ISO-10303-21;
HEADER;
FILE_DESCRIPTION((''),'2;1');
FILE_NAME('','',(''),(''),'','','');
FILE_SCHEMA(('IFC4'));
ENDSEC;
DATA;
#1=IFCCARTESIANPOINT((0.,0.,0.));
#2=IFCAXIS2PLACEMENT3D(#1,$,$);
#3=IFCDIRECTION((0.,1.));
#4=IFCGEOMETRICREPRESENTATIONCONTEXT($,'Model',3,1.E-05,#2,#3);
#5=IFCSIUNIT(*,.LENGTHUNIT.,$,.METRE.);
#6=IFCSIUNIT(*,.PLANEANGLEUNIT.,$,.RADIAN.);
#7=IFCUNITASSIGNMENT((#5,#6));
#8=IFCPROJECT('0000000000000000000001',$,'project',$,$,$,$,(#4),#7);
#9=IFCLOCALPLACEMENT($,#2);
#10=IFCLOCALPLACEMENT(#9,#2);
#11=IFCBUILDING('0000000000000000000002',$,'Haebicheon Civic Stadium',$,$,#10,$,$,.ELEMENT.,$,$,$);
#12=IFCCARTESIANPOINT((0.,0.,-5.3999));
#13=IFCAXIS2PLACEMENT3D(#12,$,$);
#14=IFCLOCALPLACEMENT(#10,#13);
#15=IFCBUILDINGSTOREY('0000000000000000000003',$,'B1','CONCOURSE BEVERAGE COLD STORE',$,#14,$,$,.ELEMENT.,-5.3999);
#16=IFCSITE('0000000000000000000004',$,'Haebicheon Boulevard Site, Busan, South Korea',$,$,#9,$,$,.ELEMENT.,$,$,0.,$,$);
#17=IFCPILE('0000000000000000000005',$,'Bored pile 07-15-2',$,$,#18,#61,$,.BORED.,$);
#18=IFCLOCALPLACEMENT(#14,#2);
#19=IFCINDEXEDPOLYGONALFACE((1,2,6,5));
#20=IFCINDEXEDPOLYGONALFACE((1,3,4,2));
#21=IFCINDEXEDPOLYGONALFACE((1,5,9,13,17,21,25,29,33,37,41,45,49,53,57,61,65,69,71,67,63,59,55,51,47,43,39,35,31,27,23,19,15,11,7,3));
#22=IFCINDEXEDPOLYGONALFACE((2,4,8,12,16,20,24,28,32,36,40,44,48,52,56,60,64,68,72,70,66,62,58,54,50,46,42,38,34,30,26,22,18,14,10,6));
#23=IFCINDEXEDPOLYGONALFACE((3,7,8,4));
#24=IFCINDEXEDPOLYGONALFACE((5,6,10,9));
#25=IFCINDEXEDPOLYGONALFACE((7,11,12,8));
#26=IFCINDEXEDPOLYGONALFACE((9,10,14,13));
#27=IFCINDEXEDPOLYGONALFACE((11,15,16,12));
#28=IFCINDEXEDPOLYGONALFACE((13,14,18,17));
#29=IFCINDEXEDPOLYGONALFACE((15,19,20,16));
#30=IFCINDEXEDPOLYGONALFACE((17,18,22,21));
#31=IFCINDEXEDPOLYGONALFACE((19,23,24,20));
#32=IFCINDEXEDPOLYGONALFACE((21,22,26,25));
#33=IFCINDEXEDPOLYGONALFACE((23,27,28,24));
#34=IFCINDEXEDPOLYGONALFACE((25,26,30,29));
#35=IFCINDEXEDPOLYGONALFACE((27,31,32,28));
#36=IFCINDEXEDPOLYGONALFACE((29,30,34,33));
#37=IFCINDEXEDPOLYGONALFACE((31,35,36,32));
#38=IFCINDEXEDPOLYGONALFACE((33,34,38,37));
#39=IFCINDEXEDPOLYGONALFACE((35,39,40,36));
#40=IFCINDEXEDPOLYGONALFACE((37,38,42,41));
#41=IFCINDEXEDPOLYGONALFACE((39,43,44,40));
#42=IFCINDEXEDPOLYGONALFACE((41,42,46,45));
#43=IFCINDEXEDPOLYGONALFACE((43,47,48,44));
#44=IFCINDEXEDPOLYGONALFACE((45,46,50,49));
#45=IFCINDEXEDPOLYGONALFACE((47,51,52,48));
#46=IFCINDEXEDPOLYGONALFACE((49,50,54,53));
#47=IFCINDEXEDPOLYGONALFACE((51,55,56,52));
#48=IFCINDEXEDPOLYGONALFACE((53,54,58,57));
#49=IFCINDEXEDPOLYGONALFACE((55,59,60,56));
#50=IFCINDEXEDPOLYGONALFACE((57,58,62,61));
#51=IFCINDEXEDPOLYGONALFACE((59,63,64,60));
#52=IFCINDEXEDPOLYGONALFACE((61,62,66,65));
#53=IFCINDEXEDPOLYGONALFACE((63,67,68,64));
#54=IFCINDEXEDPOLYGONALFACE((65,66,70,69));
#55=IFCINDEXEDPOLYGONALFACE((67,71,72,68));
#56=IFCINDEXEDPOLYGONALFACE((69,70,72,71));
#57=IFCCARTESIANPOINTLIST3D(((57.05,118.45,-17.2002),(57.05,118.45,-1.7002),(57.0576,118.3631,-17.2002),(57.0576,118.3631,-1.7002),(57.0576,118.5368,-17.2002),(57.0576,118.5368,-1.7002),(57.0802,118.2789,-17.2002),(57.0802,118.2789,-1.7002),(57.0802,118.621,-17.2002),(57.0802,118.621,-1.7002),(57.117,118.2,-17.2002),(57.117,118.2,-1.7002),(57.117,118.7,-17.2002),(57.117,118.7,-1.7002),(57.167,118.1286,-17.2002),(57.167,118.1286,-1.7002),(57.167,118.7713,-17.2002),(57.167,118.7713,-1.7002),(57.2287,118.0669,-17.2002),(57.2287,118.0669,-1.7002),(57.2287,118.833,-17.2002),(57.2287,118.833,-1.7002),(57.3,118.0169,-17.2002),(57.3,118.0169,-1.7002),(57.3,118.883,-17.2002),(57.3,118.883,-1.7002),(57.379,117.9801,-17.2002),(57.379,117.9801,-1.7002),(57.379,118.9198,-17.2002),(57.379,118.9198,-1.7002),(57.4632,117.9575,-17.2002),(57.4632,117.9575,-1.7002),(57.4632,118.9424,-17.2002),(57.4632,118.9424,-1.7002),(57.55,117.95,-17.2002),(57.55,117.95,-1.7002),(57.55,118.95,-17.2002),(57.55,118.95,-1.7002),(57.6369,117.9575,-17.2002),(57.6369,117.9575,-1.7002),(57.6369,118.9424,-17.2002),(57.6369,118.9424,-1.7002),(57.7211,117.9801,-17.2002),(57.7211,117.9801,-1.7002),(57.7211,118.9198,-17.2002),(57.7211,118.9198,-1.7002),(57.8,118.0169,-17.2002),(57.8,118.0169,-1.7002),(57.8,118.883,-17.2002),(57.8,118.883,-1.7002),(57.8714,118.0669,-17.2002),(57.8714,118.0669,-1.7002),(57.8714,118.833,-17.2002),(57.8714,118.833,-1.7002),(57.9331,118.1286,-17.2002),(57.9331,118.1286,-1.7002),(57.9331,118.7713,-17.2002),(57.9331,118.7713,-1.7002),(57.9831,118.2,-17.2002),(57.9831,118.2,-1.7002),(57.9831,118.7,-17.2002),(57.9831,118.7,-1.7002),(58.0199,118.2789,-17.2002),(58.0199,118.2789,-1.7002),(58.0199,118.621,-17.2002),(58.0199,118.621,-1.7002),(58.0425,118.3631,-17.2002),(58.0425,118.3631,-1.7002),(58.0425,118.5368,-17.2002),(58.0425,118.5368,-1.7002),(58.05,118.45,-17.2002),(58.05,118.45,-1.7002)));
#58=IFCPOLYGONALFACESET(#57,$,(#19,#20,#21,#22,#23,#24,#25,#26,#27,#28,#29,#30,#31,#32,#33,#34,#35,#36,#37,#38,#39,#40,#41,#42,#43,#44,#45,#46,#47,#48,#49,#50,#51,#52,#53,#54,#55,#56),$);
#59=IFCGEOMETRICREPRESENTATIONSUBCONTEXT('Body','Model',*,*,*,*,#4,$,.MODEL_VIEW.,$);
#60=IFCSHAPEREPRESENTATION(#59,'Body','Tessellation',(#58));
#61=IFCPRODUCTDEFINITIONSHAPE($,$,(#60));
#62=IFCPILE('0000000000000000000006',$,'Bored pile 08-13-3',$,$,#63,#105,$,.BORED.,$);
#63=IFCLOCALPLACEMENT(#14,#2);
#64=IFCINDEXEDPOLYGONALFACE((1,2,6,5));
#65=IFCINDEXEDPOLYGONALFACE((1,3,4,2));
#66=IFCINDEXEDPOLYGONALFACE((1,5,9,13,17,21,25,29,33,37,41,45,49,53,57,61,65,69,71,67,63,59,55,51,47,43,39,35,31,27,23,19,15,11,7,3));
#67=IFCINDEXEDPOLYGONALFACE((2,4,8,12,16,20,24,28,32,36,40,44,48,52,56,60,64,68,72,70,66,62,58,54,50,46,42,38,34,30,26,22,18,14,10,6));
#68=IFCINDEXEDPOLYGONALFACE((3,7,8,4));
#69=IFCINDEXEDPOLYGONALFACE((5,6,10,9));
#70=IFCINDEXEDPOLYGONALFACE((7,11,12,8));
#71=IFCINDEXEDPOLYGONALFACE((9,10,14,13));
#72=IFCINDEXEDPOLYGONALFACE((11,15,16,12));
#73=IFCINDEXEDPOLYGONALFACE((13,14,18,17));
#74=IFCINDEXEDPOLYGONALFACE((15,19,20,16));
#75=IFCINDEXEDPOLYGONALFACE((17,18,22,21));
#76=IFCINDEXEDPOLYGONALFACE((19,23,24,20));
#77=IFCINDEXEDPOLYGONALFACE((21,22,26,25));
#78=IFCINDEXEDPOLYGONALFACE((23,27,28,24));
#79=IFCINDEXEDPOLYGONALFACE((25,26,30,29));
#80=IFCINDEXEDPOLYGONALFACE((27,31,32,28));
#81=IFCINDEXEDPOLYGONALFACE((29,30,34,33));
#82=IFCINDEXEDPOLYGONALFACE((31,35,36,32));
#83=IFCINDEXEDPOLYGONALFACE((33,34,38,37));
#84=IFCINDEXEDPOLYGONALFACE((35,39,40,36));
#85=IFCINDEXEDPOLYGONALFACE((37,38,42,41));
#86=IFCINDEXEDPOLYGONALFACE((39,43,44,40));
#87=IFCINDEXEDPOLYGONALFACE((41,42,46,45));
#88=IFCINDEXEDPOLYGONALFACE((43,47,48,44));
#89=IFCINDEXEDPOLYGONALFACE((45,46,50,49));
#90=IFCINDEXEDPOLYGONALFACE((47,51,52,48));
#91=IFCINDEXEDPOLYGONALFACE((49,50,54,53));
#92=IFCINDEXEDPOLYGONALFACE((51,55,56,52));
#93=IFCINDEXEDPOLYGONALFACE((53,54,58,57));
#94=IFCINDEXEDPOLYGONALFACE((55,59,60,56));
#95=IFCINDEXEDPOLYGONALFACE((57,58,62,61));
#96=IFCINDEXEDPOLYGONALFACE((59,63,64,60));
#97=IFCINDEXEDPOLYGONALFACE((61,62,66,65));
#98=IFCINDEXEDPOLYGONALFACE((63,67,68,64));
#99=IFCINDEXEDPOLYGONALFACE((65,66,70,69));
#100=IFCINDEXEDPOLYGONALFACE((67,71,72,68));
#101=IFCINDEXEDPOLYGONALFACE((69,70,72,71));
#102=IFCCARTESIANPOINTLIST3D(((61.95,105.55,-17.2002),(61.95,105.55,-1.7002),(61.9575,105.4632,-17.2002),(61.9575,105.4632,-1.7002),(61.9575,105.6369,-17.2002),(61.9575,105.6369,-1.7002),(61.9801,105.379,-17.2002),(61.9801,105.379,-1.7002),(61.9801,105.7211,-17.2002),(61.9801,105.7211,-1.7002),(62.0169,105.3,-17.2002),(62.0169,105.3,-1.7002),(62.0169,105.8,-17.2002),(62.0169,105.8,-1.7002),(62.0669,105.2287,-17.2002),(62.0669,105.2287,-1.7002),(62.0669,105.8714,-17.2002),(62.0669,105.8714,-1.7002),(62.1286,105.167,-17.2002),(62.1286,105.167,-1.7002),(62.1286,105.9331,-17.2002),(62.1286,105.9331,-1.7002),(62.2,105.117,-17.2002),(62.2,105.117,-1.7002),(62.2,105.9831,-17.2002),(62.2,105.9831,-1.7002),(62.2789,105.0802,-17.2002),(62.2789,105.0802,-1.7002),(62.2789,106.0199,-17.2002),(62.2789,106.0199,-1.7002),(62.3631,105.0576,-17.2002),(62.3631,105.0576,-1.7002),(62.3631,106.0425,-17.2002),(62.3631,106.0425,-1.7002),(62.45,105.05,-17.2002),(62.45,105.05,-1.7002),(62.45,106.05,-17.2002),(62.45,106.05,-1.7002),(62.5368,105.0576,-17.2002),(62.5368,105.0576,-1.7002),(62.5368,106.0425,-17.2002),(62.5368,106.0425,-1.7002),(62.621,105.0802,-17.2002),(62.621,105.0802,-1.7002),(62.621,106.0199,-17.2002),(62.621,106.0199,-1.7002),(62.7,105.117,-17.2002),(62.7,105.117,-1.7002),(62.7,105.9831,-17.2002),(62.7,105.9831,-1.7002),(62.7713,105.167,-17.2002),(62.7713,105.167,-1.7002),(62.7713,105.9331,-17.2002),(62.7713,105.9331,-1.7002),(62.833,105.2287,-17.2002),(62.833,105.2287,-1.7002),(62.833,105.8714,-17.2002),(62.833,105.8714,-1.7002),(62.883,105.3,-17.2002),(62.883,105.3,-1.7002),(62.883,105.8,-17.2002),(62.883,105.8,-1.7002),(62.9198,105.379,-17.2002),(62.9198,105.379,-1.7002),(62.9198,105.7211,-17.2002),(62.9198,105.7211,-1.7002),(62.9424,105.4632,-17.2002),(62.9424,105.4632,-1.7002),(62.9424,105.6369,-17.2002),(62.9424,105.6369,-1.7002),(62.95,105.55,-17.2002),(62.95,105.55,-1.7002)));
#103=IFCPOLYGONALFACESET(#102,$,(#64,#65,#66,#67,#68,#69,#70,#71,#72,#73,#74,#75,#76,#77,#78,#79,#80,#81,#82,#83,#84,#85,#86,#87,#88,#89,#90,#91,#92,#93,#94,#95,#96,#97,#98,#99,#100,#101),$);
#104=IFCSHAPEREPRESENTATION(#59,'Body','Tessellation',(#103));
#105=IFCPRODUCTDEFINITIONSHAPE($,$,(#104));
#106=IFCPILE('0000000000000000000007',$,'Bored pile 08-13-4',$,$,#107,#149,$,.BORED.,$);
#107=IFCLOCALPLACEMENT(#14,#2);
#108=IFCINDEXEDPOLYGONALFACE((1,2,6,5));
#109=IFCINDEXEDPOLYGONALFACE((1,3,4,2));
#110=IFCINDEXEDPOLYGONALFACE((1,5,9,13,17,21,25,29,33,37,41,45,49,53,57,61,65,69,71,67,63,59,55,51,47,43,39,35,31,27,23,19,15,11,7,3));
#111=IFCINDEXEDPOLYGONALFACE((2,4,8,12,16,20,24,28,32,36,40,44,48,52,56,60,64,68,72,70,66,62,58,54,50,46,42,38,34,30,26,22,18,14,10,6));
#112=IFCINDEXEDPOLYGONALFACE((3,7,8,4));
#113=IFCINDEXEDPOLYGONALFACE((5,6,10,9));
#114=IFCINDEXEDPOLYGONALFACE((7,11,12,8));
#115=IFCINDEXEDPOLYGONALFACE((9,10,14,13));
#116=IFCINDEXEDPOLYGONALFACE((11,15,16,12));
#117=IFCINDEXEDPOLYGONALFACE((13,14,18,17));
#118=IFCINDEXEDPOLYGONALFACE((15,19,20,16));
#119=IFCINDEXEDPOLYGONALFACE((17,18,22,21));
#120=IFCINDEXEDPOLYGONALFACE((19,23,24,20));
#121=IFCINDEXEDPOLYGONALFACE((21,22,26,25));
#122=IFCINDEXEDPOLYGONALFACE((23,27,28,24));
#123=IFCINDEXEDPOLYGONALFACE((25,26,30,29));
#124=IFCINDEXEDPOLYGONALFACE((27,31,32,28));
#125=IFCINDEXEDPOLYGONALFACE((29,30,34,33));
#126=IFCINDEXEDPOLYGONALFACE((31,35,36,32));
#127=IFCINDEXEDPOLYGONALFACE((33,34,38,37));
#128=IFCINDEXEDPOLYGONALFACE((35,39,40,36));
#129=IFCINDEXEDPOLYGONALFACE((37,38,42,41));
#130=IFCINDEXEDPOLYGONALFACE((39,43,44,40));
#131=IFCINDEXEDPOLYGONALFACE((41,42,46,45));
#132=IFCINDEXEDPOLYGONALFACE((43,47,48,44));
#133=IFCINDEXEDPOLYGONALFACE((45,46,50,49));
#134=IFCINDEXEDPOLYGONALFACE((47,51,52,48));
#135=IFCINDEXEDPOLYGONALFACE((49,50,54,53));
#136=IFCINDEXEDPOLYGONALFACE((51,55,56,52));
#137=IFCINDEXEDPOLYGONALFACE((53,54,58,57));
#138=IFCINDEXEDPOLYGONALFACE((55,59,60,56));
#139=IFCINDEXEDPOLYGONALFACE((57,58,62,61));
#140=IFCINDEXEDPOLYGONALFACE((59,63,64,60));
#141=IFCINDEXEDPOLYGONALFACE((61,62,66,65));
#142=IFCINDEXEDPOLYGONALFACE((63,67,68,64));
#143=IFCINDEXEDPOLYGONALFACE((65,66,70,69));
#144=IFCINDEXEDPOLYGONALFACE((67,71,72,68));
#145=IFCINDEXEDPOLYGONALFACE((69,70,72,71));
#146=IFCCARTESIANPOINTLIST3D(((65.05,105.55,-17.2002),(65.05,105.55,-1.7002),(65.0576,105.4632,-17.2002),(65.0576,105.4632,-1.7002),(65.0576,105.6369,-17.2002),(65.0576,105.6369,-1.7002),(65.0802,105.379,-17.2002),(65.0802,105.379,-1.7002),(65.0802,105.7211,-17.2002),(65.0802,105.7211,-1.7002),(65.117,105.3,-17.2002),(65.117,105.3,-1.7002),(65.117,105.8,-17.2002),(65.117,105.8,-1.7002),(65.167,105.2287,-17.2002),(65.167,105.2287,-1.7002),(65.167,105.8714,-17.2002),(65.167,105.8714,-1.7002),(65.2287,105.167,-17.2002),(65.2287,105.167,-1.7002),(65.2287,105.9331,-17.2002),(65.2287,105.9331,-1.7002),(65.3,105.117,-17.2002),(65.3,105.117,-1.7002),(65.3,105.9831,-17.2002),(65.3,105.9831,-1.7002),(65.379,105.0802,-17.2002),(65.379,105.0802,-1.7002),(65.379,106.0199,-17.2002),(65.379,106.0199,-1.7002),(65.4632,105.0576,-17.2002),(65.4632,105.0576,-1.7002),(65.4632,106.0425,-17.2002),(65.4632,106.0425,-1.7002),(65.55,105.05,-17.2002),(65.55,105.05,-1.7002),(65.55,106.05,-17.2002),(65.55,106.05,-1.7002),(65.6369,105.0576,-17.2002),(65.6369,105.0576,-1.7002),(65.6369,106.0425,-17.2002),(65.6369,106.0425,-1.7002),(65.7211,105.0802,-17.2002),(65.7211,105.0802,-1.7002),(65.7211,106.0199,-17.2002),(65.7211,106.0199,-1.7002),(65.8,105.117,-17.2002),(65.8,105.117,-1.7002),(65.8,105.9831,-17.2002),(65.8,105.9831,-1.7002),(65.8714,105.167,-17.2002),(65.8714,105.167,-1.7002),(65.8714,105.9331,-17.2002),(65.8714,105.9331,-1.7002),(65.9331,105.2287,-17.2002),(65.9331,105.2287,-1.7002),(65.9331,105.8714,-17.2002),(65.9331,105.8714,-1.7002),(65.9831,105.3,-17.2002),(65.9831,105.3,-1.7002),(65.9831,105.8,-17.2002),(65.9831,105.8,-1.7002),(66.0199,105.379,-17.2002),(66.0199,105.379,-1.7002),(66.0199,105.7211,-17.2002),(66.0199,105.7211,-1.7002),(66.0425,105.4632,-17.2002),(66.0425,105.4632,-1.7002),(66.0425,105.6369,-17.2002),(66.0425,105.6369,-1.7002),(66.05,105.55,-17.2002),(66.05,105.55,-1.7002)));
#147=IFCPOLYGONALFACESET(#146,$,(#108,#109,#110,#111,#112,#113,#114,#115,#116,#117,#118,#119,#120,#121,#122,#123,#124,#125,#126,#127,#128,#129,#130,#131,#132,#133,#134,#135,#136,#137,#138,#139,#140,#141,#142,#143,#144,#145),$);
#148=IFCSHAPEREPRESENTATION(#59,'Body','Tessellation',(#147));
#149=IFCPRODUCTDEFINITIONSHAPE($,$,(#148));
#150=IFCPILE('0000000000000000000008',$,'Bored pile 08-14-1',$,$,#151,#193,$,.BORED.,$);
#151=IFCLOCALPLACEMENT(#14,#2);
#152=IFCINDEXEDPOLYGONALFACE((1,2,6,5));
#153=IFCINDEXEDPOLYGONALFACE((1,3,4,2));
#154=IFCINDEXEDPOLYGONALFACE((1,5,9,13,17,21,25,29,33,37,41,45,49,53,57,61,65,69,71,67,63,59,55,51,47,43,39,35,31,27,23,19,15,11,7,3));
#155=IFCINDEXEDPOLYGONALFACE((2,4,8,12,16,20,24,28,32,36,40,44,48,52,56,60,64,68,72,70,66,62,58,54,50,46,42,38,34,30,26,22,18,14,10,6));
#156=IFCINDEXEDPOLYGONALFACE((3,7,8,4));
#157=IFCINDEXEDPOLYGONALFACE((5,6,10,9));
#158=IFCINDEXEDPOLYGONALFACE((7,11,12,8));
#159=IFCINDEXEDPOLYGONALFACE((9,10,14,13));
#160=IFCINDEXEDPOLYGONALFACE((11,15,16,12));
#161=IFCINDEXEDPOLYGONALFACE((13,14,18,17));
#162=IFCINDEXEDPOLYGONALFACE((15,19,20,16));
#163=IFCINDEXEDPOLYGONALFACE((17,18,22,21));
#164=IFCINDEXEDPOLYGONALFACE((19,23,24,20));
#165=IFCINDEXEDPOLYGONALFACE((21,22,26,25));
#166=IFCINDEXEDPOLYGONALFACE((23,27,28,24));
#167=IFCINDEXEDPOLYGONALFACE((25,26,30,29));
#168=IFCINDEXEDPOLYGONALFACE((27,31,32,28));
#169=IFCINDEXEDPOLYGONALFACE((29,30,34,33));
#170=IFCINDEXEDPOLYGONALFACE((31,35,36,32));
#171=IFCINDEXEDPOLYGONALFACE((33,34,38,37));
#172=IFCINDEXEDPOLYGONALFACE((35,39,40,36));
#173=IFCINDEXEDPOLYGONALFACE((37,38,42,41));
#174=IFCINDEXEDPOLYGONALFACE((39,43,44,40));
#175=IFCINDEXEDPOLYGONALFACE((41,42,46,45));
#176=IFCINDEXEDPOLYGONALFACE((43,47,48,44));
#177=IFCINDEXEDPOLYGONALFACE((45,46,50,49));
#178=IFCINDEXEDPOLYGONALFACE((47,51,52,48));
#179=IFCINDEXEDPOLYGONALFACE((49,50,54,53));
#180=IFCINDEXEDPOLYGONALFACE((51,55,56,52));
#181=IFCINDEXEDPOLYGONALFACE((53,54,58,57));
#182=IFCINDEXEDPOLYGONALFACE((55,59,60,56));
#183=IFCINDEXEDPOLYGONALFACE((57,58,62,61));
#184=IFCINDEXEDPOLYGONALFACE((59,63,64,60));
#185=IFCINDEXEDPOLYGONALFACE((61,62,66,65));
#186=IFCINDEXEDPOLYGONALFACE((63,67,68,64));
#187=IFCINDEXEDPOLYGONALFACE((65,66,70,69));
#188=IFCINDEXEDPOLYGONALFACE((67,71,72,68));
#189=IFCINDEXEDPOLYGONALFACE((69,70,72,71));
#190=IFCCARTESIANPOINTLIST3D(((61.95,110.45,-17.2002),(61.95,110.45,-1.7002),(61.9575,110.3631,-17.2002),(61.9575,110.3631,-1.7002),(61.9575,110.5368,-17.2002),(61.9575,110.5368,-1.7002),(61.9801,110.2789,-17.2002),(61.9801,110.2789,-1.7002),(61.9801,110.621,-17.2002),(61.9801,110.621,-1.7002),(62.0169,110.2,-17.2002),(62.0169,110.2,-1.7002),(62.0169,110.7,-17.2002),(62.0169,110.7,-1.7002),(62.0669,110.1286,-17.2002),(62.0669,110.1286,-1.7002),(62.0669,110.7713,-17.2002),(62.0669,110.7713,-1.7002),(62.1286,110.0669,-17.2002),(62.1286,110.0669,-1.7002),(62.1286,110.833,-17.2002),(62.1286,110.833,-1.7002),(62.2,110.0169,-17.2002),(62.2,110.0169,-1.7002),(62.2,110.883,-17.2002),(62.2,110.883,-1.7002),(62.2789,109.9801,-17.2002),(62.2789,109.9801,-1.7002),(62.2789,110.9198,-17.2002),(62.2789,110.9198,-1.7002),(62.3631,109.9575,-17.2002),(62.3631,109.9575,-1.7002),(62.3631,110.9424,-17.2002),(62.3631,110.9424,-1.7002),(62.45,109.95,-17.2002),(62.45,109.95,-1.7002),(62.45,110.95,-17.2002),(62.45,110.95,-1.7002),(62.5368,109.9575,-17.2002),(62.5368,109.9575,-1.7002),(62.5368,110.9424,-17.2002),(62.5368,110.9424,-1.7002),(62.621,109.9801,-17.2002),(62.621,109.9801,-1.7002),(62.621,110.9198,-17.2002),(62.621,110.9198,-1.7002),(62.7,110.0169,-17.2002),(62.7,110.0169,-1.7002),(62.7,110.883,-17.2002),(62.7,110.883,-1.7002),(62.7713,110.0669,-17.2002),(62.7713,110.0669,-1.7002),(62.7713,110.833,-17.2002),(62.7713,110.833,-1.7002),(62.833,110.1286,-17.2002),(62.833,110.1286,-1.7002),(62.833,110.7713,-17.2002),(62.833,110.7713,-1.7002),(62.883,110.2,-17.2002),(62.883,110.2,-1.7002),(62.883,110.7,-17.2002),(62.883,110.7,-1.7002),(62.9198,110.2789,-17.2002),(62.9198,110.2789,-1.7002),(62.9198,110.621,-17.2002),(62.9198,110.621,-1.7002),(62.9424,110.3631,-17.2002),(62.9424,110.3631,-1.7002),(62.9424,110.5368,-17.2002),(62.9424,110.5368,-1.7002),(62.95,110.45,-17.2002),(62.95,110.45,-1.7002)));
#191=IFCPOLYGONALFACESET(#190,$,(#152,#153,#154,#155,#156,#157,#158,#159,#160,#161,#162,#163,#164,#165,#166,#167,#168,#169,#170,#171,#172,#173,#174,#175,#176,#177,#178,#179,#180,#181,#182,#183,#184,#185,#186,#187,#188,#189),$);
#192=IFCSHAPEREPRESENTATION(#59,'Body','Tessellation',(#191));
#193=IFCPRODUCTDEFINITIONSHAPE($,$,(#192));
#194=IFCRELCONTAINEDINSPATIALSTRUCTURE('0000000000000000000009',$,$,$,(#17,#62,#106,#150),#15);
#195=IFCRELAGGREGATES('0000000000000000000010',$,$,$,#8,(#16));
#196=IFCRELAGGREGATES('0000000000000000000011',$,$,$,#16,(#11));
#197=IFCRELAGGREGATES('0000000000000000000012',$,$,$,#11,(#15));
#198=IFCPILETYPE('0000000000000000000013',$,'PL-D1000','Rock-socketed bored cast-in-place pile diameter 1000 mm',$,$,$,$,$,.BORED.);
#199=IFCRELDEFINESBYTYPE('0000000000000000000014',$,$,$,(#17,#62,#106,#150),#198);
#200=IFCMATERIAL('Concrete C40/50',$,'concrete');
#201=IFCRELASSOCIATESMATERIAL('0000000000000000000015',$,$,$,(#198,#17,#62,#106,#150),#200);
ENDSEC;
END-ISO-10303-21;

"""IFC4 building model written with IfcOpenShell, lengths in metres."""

from ifc_helpers import new_model, si_unit, direction, frame, origin, origin_2d, place, context, subcontext, project, spatial, circle, extrude, material, material_profile, profile_set, type_object, element, save


model = new_model("IFC4")

# Units and contexts
model_context = context("Model", 3, precision=1e-05, world=origin(), true_north=direction((0.0, 1.0)))
body_context = subcontext(model_context, "Body", "Model", "MODEL_VIEW")
ifc_project = project(units=[si_unit("LENGTHUNIT", "METRE"), si_unit("PLANEANGLEUNIT", "RADIAN")], contexts=[model_context])

# Site, building, storey
site_placement = place(None, origin())
site = spatial("IfcSite", under=ifc_project, at=site_placement, Name="Haebicheon Boulevard Site, Busan, South Korea", CompositionType="ELEMENT", RefElevation=0.0)
building_placement = place(site_placement, origin())
building = spatial("IfcBuilding", under=site, at=building_placement, Name="Haebicheon Civic Stadium", CompositionType="ELEMENT")
storey_placement = place(building_placement, frame((0.0, 0.0, -5.3999)))
storey = spatial("IfcBuildingStorey", under=building, at=storey_placement, Name="B1", Description="CONCOURSE BEVERAGE COLD STORE", CompositionType="ELEMENT", Elevation=-5.3999)

# Piles
ifc_material_1 = material(Name="Concrete C40/50", Category="concrete")
ifc_material_profile_1 = material_profile(ifc_material_1, circle(Radius=0.5, at=origin_2d()), Name="PILE-D1000")
ifc_profile_set_1 = profile_set([ifc_material_profile_1], Name="Concrete C40/50")
pile_type = type_object("IfcPileType", Name="PL-D1000", Description="Rock-socketed bored cast-in-place pile diameter 1000 mm", PredefinedType="BORED", material=ifc_profile_set_1)
for number, where, z_axis, x_axis, name in (
    (1, (57.55, 118.45, -1.7002), (0.0, 0.0, -1.0), (1.0, 0.0, 0.0), "Bored pile 07-15-2"),
    (2, (62.45, 105.55, -1.7002), (0.0, 0.0, -1.0), (1.0, 0.0, 0.0), "Bored pile 08-13-3"),
    (3, (65.55, 105.55, -1.7002), (0.0, 0.0, -1.0), (1.0, 0.0, 0.0), "Bored pile 08-13-4"),
    (4, (62.45, 110.45, -1.7002), (0.0, 0.0, -1.0), (1.0, 0.0, 0.0), "Bored pile 08-14-1"),
):
    element("IfcPile", number, at=place(storey_placement, frame(where, z_axis=z_axis, x_axis=x_axis)), inside=storey, type_object=pile_type, material=ifc_profile_set_1, Name=name, PredefinedType="BORED", context=body_context, shape_type="SweptSolid", body=[
        extrude(circle(Radius=0.5, at=origin_2d()), origin(), (0.0, 0.0, 1.0), 15.5),
    ])

save(model, "model.ifc")
